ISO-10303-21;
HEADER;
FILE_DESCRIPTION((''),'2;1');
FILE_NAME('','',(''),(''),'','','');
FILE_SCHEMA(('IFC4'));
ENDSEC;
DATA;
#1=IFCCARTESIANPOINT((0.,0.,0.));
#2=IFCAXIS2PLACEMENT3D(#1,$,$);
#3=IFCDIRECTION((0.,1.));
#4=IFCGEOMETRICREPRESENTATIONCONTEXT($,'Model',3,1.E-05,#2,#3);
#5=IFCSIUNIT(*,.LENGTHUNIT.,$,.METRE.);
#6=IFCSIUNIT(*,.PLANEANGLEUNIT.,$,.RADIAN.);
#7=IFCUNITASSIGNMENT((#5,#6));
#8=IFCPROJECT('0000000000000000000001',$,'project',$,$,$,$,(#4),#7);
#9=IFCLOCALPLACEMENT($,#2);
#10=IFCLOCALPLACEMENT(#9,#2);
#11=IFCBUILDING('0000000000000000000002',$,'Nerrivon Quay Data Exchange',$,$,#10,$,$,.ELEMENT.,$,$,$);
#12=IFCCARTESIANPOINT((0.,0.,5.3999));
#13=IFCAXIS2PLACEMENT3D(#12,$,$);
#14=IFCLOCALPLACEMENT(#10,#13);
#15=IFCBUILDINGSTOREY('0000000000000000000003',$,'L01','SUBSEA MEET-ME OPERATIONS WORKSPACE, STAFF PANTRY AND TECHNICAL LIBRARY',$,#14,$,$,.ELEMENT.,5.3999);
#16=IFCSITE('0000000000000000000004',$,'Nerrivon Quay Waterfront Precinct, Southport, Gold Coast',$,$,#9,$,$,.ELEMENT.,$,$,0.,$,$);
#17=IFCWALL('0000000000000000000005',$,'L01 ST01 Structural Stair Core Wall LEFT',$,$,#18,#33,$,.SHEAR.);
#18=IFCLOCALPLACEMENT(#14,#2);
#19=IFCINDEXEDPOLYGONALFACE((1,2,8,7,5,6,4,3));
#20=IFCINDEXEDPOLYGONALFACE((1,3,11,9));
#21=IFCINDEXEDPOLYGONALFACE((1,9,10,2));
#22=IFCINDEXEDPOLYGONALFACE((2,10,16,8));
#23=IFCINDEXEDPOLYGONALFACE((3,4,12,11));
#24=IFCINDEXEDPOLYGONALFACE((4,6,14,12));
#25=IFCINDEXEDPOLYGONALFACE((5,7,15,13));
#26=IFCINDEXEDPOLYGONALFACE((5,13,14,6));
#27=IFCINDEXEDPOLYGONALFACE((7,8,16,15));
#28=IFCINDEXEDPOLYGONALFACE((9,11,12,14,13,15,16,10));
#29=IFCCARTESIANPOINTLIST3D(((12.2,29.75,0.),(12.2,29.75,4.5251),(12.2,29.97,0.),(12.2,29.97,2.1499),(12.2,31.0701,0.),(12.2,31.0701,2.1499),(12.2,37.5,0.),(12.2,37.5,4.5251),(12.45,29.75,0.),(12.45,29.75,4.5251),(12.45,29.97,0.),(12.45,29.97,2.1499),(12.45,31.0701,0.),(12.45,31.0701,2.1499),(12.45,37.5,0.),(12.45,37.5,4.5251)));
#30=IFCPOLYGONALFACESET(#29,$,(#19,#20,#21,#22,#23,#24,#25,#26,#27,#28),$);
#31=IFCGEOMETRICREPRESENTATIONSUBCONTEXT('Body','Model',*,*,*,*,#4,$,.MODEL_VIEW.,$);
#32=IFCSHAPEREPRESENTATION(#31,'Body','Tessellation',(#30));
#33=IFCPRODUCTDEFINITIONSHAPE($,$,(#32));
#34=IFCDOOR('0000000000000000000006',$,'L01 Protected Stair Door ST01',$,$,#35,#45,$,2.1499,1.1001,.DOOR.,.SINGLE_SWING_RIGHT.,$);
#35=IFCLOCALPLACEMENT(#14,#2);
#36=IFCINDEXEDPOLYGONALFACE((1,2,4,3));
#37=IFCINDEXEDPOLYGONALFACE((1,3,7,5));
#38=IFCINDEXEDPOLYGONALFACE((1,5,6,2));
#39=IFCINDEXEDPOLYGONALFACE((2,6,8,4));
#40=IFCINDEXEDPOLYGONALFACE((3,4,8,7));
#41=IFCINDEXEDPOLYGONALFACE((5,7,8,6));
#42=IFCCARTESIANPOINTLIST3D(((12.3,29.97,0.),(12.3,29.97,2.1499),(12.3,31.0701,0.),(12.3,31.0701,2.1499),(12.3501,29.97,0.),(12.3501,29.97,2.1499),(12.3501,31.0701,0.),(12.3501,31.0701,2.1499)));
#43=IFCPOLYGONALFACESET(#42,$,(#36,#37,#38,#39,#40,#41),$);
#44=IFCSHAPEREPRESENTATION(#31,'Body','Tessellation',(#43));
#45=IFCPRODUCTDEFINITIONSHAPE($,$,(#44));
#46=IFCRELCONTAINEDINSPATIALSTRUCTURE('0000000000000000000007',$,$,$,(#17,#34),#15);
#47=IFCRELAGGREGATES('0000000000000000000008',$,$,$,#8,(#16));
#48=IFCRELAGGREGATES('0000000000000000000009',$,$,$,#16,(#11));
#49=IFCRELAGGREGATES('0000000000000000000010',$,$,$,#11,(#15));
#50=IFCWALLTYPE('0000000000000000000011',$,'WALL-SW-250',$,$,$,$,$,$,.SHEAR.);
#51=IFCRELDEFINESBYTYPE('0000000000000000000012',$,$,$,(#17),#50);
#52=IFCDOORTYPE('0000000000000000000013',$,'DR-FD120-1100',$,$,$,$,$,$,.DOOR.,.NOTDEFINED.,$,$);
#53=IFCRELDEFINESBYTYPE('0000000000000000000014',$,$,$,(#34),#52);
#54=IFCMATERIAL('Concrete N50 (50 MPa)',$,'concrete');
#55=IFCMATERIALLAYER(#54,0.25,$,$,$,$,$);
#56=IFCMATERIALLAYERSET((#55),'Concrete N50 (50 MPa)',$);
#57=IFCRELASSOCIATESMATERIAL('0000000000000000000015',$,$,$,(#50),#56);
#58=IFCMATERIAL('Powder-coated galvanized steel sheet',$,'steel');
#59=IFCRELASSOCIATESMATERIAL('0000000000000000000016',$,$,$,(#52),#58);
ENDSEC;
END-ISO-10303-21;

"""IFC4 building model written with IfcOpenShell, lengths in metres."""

from ifc_helpers import new_model, si_unit, direction, frame, frame_2d, origin, place, context, subcontext, project, spatial, rectangle, extrude, material, layer, layer_set, type_object, element, fill, save


model = new_model("IFC4")

# Units and contexts
model_context = context("Model", 3, precision=1e-05, world=origin(), true_north=direction((0.0, 1.0)))
body_context = subcontext(model_context, "Body", "Model", "MODEL_VIEW")
ifc_project = project(units=[si_unit("LENGTHUNIT", "METRE"), si_unit("PLANEANGLEUNIT", "RADIAN")], contexts=[model_context])

# Site, building, storey
site_placement = place(None, origin())
site = spatial("IfcSite", under=ifc_project, at=site_placement, Name="Nerrivon Quay Waterfront Precinct, Southport, Gold Coast", CompositionType="ELEMENT", RefElevation=0.0)
building_placement = place(site_placement, origin())
building = spatial("IfcBuilding", under=site, at=building_placement, Name="Nerrivon Quay Data Exchange", CompositionType="ELEMENT")
storey_placement = place(building_placement, frame((0.0, 0.0, 5.3999)))
storey = spatial("IfcBuildingStorey", under=building, at=storey_placement, Name="L01", Description="SUBSEA MEET-ME OPERATIONS WORKSPACE, STAFF PANTRY AND TECHNICAL LIBRARY", CompositionType="ELEMENT", Elevation=5.3999)

# Shared definitions
ifc_material_1 = material(Name="Powder-coated galvanized steel sheet", Category="steel")

# Shared definitions
ifc_material_2 = material(Name="Concrete N50 (50 MPa)", Category="concrete")
ifc_layer_1 = layer(ifc_material_2, 0.25)
ifc_layer_set_1 = layer_set([ifc_layer_1], Name="Concrete N50 (50 MPa)")
wall_type_1 = type_object("IfcWallType", Name="WALL-SW-250", PredefinedType="SHEAR", material=ifc_layer_set_1)

# Wall, opening, door
wall_1_placement = place(storey_placement, frame((12.325, 29.75, 0.0), z_axis=(0.0, 0.0, 1.0), x_axis=(0.0, 1.0, 0.0)))
wall_1 = element("IfcWall", 1, at=wall_1_placement, inside=storey, type_object=wall_type_1, Name="L01 ST01 Structural Stair Core Wall LEFT", PredefinedType="SHEAR", context=body_context, shape_type="SweptSolid", body=[
    extrude(rectangle(XDim=7.75, YDim=0.25, at=frame_2d((3.875, 0.0))), origin(), (0.0, 0.0, 1.0), 4.5251),
])
opening_1_placement = place(wall_1_placement, frame((0.22, 0.0, 0.0)))
opening_1 = element("IfcOpeningElement", 2, at=opening_1_placement, cuts=wall_1, PredefinedType="OPENING", context=body_context, shape_type="SweptSolid", body=[
    extrude(rectangle(XDim=1.1001, YDim=2.1499, at=frame_2d((0.55, 1.075))), frame((0.0, 0.135, 0.0), z_axis=(0.0, -1.0, 0.0), x_axis=(1.0, 0.0, 0.0)), (0.0, 0.0, 1.0), 0.27),
])
door_type_1 = type_object("IfcDoorType", Name="DR-FD120-1100", OperationType="NOTDEFINED", PredefinedType="DOOR", material=ifc_material_1)
door_1_placement = place(opening_1_placement, origin())
door_1 = element("IfcDoor", 3, at=door_1_placement, inside=storey, type_object=door_type_1, Name="L01 Protected Stair Door ST01", OperationType="SINGLE_SWING_RIGHT", OverallHeight=2.1499, OverallWidth=1.1001, PredefinedType="DOOR", context=body_context, shape_type="SweptSolid", body=[
    extrude(rectangle(XDim=1.1001, YDim=2.1499, at=frame_2d((0.55, 1.075))), frame((0.0, 0.0249, 0.0), z_axis=(0.0, -1.0, 0.0), x_axis=(1.0, 0.0, 0.0)), (0.0, 0.0, 1.0), 0.05),
])
fill(opening_1, door_1)

save(model, "model.ifc")
